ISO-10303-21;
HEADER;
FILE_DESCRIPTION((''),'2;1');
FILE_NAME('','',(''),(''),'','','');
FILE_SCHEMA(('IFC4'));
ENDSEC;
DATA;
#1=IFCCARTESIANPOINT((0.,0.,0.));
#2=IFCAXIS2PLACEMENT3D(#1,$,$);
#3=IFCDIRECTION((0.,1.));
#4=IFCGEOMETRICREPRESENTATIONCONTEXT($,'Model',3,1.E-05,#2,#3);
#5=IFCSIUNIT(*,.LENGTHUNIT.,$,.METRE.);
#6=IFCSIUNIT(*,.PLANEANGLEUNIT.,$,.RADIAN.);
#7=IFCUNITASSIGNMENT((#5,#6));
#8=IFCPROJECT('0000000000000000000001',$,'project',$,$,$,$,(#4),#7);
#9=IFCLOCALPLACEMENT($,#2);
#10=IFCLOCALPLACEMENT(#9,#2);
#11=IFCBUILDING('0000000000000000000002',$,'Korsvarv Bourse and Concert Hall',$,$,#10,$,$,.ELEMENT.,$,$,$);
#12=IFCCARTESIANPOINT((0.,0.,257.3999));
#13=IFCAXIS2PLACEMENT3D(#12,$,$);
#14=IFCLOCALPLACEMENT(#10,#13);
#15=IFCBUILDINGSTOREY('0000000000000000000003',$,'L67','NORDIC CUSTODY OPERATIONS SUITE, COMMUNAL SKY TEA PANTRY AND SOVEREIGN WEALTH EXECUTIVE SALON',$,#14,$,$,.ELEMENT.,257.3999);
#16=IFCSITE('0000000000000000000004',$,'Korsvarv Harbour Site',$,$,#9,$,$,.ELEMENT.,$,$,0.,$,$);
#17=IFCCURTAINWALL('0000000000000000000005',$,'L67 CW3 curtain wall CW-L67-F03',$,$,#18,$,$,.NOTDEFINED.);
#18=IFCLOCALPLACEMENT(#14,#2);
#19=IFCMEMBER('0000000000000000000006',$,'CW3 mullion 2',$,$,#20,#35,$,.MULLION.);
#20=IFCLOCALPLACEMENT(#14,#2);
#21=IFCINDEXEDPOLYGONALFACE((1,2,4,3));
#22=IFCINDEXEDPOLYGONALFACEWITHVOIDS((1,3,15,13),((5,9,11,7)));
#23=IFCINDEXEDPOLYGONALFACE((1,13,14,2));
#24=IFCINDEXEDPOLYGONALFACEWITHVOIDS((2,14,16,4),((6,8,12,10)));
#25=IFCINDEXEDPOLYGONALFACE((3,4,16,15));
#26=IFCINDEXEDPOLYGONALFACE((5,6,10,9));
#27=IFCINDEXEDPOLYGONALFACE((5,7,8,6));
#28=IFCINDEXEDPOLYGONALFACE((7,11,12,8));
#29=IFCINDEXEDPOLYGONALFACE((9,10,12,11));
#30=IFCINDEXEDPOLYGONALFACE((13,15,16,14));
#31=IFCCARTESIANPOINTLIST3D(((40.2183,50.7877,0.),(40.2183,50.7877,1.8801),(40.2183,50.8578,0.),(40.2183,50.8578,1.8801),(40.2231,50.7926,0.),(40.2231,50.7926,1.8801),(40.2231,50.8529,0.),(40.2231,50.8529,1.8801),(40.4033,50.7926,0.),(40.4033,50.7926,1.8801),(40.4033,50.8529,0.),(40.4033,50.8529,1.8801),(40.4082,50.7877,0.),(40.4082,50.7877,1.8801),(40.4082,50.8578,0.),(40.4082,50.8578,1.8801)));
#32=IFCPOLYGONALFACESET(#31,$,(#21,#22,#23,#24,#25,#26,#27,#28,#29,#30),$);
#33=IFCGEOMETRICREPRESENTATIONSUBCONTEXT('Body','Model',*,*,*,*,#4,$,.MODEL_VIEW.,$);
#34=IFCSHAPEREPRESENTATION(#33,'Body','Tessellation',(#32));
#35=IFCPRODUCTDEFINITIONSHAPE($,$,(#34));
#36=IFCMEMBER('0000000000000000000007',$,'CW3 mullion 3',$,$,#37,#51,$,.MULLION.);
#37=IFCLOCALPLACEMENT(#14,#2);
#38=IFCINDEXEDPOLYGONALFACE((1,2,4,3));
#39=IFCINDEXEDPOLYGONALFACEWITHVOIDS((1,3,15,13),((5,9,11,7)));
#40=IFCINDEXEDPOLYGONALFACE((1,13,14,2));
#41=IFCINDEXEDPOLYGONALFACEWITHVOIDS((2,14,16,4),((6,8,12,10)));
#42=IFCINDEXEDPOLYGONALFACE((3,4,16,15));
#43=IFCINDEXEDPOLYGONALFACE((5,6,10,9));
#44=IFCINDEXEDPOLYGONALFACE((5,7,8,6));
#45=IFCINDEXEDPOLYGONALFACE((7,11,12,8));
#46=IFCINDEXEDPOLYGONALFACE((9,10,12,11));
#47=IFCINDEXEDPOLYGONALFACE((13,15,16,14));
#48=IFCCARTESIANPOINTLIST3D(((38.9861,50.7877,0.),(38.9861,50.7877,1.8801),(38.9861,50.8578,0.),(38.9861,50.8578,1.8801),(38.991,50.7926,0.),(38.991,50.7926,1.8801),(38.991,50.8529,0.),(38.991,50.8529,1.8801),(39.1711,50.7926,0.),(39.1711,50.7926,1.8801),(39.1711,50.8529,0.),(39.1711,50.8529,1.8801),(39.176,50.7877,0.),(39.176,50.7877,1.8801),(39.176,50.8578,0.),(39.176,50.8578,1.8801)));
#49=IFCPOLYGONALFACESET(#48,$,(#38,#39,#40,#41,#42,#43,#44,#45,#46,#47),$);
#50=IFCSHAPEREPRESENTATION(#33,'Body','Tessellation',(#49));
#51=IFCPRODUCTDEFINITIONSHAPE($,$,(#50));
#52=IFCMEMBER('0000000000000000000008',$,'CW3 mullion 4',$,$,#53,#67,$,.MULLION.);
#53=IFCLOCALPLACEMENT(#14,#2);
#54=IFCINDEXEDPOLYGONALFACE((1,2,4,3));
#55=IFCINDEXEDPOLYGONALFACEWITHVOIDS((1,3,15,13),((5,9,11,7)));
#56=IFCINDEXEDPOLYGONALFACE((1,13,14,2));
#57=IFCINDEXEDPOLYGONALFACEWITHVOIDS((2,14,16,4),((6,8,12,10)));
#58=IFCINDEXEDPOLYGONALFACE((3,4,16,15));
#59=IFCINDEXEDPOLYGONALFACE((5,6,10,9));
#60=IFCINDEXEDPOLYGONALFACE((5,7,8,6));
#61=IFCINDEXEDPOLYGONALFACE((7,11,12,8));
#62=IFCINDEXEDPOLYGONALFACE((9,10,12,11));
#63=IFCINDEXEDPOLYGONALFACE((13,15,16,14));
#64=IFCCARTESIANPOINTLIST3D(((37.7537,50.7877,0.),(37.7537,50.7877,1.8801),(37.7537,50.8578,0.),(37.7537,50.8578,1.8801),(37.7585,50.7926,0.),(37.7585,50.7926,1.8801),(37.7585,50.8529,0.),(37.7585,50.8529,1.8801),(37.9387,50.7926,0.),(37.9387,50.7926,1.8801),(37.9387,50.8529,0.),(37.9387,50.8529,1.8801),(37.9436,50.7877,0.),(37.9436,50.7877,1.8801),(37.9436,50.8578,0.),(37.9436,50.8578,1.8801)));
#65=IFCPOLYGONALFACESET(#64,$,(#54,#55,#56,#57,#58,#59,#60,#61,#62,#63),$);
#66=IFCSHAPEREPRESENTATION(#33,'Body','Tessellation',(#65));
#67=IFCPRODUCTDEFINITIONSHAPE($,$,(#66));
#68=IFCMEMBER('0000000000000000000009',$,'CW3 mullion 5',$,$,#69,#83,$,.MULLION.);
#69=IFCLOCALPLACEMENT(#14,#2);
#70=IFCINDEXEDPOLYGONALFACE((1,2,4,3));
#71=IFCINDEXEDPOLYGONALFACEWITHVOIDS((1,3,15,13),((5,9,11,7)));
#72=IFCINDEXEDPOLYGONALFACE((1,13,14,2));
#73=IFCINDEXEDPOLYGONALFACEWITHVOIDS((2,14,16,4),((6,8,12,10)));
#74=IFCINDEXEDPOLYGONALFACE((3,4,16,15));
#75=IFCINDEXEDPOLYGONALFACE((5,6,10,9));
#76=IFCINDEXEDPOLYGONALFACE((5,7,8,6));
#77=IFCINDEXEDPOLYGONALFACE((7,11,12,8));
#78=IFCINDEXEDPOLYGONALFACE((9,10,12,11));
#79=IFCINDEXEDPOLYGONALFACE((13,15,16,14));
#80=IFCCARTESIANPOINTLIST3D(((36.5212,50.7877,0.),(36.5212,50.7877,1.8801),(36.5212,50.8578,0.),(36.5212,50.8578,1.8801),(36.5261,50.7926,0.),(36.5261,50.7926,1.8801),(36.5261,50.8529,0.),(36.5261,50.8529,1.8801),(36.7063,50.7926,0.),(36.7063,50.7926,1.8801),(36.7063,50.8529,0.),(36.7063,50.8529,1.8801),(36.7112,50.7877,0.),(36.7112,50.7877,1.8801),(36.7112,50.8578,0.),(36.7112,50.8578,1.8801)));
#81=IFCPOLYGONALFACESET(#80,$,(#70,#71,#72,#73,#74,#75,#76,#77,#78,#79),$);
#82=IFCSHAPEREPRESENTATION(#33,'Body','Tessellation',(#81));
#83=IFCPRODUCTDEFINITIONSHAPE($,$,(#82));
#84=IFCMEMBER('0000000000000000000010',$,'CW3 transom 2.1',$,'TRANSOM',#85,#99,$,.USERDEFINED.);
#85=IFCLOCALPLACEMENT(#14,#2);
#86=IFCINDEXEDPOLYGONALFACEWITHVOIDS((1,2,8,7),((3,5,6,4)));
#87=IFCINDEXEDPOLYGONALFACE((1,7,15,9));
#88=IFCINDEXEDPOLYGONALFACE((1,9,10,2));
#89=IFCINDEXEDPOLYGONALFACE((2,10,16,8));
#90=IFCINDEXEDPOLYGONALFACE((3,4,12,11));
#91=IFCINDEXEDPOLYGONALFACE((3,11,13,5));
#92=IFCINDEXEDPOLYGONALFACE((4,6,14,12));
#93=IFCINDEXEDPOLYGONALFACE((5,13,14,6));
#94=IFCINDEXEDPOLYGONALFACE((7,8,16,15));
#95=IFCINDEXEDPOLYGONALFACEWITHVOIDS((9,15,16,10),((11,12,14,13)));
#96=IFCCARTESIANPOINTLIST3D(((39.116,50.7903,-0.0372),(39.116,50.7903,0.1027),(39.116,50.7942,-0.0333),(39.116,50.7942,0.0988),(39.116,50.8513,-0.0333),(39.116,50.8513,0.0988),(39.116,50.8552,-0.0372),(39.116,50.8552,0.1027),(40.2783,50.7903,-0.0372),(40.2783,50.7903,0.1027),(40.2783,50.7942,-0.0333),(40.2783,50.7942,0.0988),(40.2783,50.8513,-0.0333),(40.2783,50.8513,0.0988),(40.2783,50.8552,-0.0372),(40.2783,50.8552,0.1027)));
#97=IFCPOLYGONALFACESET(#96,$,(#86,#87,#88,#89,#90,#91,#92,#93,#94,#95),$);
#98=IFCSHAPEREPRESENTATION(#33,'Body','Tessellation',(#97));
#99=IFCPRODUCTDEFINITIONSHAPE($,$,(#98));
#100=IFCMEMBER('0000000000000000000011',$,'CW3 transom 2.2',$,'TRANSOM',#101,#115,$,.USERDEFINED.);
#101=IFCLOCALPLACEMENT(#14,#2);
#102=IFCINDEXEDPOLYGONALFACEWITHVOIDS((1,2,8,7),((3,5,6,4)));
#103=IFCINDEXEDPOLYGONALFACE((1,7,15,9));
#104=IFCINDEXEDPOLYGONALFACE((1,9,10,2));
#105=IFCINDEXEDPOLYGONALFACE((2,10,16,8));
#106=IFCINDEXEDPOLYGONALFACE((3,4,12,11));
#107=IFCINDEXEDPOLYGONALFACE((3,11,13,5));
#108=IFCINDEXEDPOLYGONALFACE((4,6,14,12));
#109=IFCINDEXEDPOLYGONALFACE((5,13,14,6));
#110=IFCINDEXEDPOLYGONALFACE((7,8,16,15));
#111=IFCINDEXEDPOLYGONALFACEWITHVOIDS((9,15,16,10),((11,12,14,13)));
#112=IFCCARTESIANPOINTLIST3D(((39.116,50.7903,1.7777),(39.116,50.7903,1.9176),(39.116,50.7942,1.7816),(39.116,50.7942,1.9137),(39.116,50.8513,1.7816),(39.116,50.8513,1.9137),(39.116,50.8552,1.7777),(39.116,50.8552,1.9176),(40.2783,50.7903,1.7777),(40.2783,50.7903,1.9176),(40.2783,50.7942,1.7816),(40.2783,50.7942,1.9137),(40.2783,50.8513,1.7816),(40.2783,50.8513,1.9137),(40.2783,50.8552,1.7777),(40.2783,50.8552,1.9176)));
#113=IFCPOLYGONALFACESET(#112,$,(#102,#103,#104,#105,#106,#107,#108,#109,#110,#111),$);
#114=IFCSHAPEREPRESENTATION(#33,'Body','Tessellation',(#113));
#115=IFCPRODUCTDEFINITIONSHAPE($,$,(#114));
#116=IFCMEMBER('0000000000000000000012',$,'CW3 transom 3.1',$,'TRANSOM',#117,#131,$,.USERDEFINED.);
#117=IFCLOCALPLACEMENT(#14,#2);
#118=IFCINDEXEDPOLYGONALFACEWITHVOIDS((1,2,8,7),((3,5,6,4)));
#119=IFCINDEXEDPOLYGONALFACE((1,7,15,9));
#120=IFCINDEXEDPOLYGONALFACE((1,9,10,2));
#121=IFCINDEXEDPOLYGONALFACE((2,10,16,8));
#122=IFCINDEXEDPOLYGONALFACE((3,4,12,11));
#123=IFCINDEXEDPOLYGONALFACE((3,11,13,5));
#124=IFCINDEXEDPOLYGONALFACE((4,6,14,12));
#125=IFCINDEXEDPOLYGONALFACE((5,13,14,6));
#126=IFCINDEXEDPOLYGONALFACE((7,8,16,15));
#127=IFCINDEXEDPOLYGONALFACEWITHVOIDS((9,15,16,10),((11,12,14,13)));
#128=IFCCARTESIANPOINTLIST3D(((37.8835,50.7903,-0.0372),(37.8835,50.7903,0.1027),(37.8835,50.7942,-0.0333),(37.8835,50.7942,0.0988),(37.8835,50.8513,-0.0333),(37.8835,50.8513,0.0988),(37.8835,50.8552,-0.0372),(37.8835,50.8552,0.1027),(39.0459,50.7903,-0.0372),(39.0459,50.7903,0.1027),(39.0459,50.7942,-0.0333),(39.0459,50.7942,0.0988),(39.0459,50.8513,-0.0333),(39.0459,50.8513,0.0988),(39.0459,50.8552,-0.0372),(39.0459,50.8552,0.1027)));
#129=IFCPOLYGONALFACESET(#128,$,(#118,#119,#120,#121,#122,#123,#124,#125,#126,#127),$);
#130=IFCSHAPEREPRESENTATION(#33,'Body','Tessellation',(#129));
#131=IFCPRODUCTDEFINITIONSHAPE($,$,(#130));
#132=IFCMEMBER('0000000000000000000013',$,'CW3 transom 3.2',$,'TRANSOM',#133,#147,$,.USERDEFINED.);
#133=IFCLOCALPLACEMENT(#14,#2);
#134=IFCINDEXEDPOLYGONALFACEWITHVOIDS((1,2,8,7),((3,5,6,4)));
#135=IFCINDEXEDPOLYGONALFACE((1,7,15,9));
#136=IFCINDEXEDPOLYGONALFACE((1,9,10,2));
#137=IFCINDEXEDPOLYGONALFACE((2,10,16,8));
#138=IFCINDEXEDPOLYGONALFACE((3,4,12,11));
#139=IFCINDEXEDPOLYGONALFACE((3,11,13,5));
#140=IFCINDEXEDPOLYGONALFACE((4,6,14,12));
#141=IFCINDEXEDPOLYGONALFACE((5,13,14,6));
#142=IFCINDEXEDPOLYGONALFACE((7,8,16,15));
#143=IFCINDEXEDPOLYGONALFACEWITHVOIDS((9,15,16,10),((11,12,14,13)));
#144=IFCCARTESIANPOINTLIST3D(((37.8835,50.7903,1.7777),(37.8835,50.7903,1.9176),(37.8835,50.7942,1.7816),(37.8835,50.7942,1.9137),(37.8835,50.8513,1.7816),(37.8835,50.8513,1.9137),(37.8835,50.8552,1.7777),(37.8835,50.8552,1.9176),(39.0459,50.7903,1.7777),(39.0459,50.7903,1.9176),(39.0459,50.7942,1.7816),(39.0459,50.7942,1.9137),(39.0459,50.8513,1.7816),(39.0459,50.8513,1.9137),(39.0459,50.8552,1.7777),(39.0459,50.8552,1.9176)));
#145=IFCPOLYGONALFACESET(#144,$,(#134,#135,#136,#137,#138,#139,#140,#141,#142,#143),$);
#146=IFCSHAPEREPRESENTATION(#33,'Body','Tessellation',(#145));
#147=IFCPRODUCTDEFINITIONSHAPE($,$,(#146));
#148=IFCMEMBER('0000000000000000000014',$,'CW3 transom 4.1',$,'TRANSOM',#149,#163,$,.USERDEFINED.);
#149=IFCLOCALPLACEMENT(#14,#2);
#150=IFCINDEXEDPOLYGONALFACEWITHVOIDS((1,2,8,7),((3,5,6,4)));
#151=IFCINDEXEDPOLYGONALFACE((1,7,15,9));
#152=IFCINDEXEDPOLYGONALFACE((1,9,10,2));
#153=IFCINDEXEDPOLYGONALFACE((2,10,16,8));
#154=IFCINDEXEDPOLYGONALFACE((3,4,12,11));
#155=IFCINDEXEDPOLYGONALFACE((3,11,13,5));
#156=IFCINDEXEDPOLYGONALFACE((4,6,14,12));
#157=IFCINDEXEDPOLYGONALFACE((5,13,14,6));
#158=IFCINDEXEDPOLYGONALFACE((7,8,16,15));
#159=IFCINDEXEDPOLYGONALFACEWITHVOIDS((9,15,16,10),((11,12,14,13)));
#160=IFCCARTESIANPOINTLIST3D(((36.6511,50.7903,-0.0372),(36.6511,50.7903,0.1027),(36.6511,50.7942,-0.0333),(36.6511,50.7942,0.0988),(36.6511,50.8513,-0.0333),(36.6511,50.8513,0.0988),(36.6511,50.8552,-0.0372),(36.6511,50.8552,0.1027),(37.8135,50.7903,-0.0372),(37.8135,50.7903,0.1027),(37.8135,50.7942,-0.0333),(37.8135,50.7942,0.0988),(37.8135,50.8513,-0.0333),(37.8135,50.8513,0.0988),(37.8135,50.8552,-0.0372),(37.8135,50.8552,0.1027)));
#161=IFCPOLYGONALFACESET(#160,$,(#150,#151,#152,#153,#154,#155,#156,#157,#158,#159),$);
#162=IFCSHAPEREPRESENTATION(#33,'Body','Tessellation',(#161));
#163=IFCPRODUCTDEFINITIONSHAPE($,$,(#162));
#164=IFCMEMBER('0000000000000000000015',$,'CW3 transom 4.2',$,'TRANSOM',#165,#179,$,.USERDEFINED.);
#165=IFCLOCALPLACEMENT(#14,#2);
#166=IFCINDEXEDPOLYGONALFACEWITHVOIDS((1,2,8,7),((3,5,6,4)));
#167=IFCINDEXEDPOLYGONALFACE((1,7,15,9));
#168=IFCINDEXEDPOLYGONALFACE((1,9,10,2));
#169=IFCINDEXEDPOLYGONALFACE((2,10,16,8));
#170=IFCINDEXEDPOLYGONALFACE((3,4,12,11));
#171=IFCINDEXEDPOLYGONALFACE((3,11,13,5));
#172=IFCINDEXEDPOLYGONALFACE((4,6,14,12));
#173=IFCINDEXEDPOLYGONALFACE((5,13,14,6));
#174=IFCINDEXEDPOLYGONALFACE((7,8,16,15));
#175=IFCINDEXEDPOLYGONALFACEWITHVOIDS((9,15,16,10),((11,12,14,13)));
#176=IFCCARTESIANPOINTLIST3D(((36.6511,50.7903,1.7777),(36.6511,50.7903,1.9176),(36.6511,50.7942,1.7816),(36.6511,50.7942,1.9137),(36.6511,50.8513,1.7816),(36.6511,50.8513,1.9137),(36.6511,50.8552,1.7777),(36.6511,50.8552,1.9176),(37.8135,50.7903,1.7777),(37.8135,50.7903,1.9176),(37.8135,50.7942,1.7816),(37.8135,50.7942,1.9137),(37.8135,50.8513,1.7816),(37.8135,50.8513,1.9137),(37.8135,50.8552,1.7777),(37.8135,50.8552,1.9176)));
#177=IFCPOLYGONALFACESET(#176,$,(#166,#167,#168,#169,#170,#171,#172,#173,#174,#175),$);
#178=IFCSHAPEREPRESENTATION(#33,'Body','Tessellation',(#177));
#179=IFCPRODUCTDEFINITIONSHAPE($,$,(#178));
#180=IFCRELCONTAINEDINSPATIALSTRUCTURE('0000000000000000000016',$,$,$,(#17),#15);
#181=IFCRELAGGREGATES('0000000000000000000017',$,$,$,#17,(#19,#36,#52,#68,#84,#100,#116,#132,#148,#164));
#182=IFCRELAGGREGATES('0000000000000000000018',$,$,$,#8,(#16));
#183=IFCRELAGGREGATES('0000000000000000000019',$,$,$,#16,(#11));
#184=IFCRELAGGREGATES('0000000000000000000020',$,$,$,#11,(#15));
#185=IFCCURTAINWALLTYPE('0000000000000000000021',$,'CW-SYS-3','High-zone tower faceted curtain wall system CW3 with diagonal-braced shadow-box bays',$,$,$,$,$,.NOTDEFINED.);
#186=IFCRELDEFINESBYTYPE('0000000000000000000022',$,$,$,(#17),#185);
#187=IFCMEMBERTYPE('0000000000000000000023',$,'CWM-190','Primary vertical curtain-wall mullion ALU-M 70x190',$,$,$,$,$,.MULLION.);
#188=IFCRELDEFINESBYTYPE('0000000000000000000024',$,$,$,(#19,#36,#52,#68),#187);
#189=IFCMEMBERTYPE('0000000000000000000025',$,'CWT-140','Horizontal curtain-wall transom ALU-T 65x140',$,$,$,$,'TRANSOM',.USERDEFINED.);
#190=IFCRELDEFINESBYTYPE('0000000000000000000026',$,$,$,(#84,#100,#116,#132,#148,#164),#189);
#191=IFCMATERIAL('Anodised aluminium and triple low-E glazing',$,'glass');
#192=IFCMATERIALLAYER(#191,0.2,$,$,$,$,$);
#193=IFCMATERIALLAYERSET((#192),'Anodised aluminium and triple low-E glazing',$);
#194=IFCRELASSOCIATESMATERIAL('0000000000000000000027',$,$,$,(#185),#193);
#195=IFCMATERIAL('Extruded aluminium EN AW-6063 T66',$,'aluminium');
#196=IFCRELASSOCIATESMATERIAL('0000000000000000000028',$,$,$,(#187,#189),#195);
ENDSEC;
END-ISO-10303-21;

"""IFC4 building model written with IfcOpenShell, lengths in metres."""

from ifc_helpers import new_model, si_unit, direction, frame, origin, origin_2d, place, context, subcontext, project, spatial, hollow_rectangle, extrude, source, transform, mapped, material, layer, layer_set, material_profile, profile_set, type_object, element, aggregate, save


model = new_model("IFC4")

# Units and contexts
model_context = context("Model", 3, precision=1e-05, world=origin(), true_north=direction((0.0, 1.0)))
body_context = subcontext(model_context, "Body", "Model", "MODEL_VIEW")
ifc_project = project(units=[si_unit("LENGTHUNIT", "METRE"), si_unit("PLANEANGLEUNIT", "RADIAN")], contexts=[model_context])

# Site, building, storey
site_placement = place(None, origin())
site = spatial("IfcSite", under=ifc_project, at=site_placement, Name="Korsvarv Harbour Site", CompositionType="ELEMENT", RefElevation=0.0)
building_placement = place(site_placement, origin())
building = spatial("IfcBuilding", under=site, at=building_placement, Name="Korsvarv Bourse and Concert Hall", CompositionType="ELEMENT")
storey_placement = place(building_placement, frame((0.0, 0.0, 257.3999)))
storey = spatial("IfcBuildingStorey", under=building, at=storey_placement, Name="L67", Description="NORDIC CUSTODY OPERATIONS SUITE, COMMUNAL SKY TEA PANTRY AND SOVEREIGN WEALTH EXECUTIVE SALON", CompositionType="ELEMENT", Elevation=257.3999)

# Curtain wall, members
ifc_material_1 = material(Name="Anodised aluminium and triple low-E glazing", Category="glass")
ifc_layer_1 = layer(ifc_material_1, 0.2)
ifc_layer_set_1 = layer_set([ifc_layer_1], Name="Anodised aluminium and triple low-E glazing")
curtain_wall_type = type_object("IfcCurtainWallType", Name="CW-SYS-3", Description="High-zone tower faceted curtain wall system CW3 with diagonal-braced shadow-box bays", PredefinedType="NOTDEFINED", material=ifc_layer_set_1)
curtain_wall_placement = place(storey_placement, origin())
curtain_wall = element("IfcCurtainWall", 1, at=curtain_wall_placement, inside=storey, type_object=curtain_wall_type, Name="L67 CW3 curtain wall CW-L67-F03", PredefinedType="NOTDEFINED")
ifc_material_2 = material(Name="Extruded aluminium EN AW-6063 T66", Category="aluminium")
ifc_material_profile_1 = material_profile(ifc_material_2, hollow_rectangle(XDim=0.0701, YDim=0.1899, WallThickness=0.0049, at=origin_2d()), Name="ALU-M 70x190")
ifc_profile_set_1 = profile_set([ifc_material_profile_1], Name="Extruded aluminium EN AW-6063 T66")
member_type_1 = type_object("IfcMemberType", Name="CWM-190", Description="Primary vertical curtain-wall mullion ALU-M 70x190", PredefinedType="MULLION", material=ifc_profile_set_1)
shared_shape_1 = source(origin(), body_context, "Body", "SweptSolid", [
    extrude(hollow_rectangle(XDim=0.0701, YDim=0.1899, WallThickness=0.0049, at=origin_2d()), origin(), (0.0, 0.0, 1.0), 1.8801),
])
member_1_placement = place(storey_placement, frame((40.3132, 50.8228, 0.0), z_axis=(0.0, 0.0, 1.0), x_axis=(0.0, -1.0, 0.0)))
member_1 = element("IfcMember", 2, at=member_1_placement, type_object=member_type_1, Name="CW3 mullion 2", PredefinedType="MULLION", context=body_context, shape_type="MappedRepresentation", body=[
    mapped(shared_shape_1, transform((0.0, 0.0, 0.0), scale=1.0)),
])
member_2_placement = place(storey_placement, frame((39.0811, 50.8228, 0.0), z_axis=(0.0, 0.0, 1.0), x_axis=(0.0, -1.0, 0.0)))
member_2 = element("IfcMember", 3, at=member_2_placement, type_object=member_type_1, Name="CW3 mullion 3", PredefinedType="MULLION", context=body_context, shape_type="MappedRepresentation", body=[
    mapped(shared_shape_1, transform((0.0, 0.0, 0.0), scale=1.0)),
])
member_3_placement = place(storey_placement, frame((37.8486, 50.8228, 0.0), z_axis=(0.0, 0.0, 1.0), x_axis=(0.0, -1.0, 0.0)))
member_3 = element("IfcMember", 4, at=member_3_placement, type_object=member_type_1, Name="CW3 mullion 4", PredefinedType="MULLION", context=body_context, shape_type="MappedRepresentation", body=[
    mapped(shared_shape_1, transform((0.0, 0.0, 0.0), scale=1.0)),
])
member_4_placement = place(storey_placement, frame((36.6162, 50.8228, 0.0), z_axis=(0.0, 0.0, 1.0), x_axis=(0.0, -1.0, 0.0)))
member_4 = element("IfcMember", 5, at=member_4_placement, type_object=member_type_1, Name="CW3 mullion 5", PredefinedType="MULLION", context=body_context, shape_type="MappedRepresentation", body=[
    mapped(shared_shape_1, transform((0.0, 0.0, 0.0), scale=1.0)),
])
ifc_material_profile_2 = material_profile(ifc_material_2, hollow_rectangle(XDim=0.0649, YDim=0.1399, WallThickness=0.0039, at=origin_2d()), Name="ALU-T 65x140")
ifc_profile_set_2 = profile_set([ifc_material_profile_2], Name="Extruded aluminium EN AW-6063 T66")
member_type_2 = type_object("IfcMemberType", Name="CWT-140", Description="Horizontal curtain-wall transom ALU-T 65x140", ElementType="TRANSOM", PredefinedType="USERDEFINED", material=ifc_profile_set_2)
shared_shape_2 = source(origin(), body_context, "Body", "SweptSolid", [
    extrude(hollow_rectangle(XDim=0.0649, YDim=0.1399, WallThickness=0.0039, at=origin_2d()), origin(), (0.0, 0.0, 1.0), 1.1624),
])
member_5_placement = place(storey_placement, frame((40.2783, 50.8228, 0.0327), z_axis=(-1.0, 0.0, 0.0), x_axis=(0.0, -1.0, 0.0)))
member_5 = element("IfcMember", 6, at=member_5_placement, type_object=member_type_2, Name="CW3 transom 2.1", ObjectType="TRANSOM", PredefinedType="USERDEFINED", context=body_context, shape_type="MappedRepresentation", body=[
    mapped(shared_shape_2, transform((0.0, 0.0, 0.0), scale=1.0)),
])
member_6_placement = place(storey_placement, frame((40.2783, 50.8228, 1.8477), z_axis=(-1.0, 0.0, 0.0), x_axis=(0.0, -1.0, 0.0)))
member_6 = element("IfcMember", 7, at=member_6_placement, type_object=member_type_2, Name="CW3 transom 2.2", ObjectType="TRANSOM", PredefinedType="USERDEFINED", context=body_context, shape_type="MappedRepresentation", body=[
    mapped(shared_shape_2, transform((0.0, 0.0, 0.0), scale=1.0)),
])
member_7_placement = place(storey_placement, frame((39.0459, 50.8228, 0.0327), z_axis=(-1.0, 0.0, 0.0), x_axis=(0.0, -1.0, 0.0)))
member_7 = element("IfcMember", 8, at=member_7_placement, type_object=member_type_2, Name="CW3 transom 3.1", ObjectType="TRANSOM", PredefinedType="USERDEFINED", context=body_context, shape_type="MappedRepresentation", body=[
    mapped(shared_shape_2, transform((0.0, 0.0, 0.0), scale=1.0)),
])
member_8_placement = place(storey_placement, frame((39.0459, 50.8228, 1.8477), z_axis=(-1.0, 0.0, 0.0), x_axis=(0.0, -1.0, 0.0)))
member_8 = element("IfcMember", 9, at=member_8_placement, type_object=member_type_2, Name="CW3 transom 3.2", ObjectType="TRANSOM", PredefinedType="USERDEFINED", context=body_context, shape_type="MappedRepresentation", body=[
    mapped(shared_shape_2, transform((0.0, 0.0, 0.0), scale=1.0)),
])
member_9_placement = place(storey_placement, frame((37.8135, 50.8228, 0.0327), z_axis=(-1.0, 0.0, 0.0), x_axis=(0.0, -1.0, 0.0)))
member_9 = element("IfcMember", 10, at=member_9_placement, type_object=member_type_2, Name="CW3 transom 4.1", ObjectType="TRANSOM", PredefinedType="USERDEFINED", context=body_context, shape_type="MappedRepresentation", body=[
    mapped(shared_shape_2, transform((0.0, 0.0, 0.0), scale=1.0)),
])
member_10_placement = place(storey_placement, frame((37.8135, 50.8228, 1.8477), z_axis=(-1.0, 0.0, 0.0), x_axis=(0.0, -1.0, 0.0)))
member_10 = element("IfcMember", 11, at=member_10_placement, type_object=member_type_2, Name="CW3 transom 4.2", ObjectType="TRANSOM", PredefinedType="USERDEFINED", context=body_context, shape_type="MappedRepresentation", body=[
    mapped(shared_shape_2, transform((0.0, 0.0, 0.0), scale=1.0)),
])
aggregate(curtain_wall, [member_1, member_2, member_3, member_4, member_5, member_6, member_7, member_8, member_9, member_10])

save(model, "model.ifc")
